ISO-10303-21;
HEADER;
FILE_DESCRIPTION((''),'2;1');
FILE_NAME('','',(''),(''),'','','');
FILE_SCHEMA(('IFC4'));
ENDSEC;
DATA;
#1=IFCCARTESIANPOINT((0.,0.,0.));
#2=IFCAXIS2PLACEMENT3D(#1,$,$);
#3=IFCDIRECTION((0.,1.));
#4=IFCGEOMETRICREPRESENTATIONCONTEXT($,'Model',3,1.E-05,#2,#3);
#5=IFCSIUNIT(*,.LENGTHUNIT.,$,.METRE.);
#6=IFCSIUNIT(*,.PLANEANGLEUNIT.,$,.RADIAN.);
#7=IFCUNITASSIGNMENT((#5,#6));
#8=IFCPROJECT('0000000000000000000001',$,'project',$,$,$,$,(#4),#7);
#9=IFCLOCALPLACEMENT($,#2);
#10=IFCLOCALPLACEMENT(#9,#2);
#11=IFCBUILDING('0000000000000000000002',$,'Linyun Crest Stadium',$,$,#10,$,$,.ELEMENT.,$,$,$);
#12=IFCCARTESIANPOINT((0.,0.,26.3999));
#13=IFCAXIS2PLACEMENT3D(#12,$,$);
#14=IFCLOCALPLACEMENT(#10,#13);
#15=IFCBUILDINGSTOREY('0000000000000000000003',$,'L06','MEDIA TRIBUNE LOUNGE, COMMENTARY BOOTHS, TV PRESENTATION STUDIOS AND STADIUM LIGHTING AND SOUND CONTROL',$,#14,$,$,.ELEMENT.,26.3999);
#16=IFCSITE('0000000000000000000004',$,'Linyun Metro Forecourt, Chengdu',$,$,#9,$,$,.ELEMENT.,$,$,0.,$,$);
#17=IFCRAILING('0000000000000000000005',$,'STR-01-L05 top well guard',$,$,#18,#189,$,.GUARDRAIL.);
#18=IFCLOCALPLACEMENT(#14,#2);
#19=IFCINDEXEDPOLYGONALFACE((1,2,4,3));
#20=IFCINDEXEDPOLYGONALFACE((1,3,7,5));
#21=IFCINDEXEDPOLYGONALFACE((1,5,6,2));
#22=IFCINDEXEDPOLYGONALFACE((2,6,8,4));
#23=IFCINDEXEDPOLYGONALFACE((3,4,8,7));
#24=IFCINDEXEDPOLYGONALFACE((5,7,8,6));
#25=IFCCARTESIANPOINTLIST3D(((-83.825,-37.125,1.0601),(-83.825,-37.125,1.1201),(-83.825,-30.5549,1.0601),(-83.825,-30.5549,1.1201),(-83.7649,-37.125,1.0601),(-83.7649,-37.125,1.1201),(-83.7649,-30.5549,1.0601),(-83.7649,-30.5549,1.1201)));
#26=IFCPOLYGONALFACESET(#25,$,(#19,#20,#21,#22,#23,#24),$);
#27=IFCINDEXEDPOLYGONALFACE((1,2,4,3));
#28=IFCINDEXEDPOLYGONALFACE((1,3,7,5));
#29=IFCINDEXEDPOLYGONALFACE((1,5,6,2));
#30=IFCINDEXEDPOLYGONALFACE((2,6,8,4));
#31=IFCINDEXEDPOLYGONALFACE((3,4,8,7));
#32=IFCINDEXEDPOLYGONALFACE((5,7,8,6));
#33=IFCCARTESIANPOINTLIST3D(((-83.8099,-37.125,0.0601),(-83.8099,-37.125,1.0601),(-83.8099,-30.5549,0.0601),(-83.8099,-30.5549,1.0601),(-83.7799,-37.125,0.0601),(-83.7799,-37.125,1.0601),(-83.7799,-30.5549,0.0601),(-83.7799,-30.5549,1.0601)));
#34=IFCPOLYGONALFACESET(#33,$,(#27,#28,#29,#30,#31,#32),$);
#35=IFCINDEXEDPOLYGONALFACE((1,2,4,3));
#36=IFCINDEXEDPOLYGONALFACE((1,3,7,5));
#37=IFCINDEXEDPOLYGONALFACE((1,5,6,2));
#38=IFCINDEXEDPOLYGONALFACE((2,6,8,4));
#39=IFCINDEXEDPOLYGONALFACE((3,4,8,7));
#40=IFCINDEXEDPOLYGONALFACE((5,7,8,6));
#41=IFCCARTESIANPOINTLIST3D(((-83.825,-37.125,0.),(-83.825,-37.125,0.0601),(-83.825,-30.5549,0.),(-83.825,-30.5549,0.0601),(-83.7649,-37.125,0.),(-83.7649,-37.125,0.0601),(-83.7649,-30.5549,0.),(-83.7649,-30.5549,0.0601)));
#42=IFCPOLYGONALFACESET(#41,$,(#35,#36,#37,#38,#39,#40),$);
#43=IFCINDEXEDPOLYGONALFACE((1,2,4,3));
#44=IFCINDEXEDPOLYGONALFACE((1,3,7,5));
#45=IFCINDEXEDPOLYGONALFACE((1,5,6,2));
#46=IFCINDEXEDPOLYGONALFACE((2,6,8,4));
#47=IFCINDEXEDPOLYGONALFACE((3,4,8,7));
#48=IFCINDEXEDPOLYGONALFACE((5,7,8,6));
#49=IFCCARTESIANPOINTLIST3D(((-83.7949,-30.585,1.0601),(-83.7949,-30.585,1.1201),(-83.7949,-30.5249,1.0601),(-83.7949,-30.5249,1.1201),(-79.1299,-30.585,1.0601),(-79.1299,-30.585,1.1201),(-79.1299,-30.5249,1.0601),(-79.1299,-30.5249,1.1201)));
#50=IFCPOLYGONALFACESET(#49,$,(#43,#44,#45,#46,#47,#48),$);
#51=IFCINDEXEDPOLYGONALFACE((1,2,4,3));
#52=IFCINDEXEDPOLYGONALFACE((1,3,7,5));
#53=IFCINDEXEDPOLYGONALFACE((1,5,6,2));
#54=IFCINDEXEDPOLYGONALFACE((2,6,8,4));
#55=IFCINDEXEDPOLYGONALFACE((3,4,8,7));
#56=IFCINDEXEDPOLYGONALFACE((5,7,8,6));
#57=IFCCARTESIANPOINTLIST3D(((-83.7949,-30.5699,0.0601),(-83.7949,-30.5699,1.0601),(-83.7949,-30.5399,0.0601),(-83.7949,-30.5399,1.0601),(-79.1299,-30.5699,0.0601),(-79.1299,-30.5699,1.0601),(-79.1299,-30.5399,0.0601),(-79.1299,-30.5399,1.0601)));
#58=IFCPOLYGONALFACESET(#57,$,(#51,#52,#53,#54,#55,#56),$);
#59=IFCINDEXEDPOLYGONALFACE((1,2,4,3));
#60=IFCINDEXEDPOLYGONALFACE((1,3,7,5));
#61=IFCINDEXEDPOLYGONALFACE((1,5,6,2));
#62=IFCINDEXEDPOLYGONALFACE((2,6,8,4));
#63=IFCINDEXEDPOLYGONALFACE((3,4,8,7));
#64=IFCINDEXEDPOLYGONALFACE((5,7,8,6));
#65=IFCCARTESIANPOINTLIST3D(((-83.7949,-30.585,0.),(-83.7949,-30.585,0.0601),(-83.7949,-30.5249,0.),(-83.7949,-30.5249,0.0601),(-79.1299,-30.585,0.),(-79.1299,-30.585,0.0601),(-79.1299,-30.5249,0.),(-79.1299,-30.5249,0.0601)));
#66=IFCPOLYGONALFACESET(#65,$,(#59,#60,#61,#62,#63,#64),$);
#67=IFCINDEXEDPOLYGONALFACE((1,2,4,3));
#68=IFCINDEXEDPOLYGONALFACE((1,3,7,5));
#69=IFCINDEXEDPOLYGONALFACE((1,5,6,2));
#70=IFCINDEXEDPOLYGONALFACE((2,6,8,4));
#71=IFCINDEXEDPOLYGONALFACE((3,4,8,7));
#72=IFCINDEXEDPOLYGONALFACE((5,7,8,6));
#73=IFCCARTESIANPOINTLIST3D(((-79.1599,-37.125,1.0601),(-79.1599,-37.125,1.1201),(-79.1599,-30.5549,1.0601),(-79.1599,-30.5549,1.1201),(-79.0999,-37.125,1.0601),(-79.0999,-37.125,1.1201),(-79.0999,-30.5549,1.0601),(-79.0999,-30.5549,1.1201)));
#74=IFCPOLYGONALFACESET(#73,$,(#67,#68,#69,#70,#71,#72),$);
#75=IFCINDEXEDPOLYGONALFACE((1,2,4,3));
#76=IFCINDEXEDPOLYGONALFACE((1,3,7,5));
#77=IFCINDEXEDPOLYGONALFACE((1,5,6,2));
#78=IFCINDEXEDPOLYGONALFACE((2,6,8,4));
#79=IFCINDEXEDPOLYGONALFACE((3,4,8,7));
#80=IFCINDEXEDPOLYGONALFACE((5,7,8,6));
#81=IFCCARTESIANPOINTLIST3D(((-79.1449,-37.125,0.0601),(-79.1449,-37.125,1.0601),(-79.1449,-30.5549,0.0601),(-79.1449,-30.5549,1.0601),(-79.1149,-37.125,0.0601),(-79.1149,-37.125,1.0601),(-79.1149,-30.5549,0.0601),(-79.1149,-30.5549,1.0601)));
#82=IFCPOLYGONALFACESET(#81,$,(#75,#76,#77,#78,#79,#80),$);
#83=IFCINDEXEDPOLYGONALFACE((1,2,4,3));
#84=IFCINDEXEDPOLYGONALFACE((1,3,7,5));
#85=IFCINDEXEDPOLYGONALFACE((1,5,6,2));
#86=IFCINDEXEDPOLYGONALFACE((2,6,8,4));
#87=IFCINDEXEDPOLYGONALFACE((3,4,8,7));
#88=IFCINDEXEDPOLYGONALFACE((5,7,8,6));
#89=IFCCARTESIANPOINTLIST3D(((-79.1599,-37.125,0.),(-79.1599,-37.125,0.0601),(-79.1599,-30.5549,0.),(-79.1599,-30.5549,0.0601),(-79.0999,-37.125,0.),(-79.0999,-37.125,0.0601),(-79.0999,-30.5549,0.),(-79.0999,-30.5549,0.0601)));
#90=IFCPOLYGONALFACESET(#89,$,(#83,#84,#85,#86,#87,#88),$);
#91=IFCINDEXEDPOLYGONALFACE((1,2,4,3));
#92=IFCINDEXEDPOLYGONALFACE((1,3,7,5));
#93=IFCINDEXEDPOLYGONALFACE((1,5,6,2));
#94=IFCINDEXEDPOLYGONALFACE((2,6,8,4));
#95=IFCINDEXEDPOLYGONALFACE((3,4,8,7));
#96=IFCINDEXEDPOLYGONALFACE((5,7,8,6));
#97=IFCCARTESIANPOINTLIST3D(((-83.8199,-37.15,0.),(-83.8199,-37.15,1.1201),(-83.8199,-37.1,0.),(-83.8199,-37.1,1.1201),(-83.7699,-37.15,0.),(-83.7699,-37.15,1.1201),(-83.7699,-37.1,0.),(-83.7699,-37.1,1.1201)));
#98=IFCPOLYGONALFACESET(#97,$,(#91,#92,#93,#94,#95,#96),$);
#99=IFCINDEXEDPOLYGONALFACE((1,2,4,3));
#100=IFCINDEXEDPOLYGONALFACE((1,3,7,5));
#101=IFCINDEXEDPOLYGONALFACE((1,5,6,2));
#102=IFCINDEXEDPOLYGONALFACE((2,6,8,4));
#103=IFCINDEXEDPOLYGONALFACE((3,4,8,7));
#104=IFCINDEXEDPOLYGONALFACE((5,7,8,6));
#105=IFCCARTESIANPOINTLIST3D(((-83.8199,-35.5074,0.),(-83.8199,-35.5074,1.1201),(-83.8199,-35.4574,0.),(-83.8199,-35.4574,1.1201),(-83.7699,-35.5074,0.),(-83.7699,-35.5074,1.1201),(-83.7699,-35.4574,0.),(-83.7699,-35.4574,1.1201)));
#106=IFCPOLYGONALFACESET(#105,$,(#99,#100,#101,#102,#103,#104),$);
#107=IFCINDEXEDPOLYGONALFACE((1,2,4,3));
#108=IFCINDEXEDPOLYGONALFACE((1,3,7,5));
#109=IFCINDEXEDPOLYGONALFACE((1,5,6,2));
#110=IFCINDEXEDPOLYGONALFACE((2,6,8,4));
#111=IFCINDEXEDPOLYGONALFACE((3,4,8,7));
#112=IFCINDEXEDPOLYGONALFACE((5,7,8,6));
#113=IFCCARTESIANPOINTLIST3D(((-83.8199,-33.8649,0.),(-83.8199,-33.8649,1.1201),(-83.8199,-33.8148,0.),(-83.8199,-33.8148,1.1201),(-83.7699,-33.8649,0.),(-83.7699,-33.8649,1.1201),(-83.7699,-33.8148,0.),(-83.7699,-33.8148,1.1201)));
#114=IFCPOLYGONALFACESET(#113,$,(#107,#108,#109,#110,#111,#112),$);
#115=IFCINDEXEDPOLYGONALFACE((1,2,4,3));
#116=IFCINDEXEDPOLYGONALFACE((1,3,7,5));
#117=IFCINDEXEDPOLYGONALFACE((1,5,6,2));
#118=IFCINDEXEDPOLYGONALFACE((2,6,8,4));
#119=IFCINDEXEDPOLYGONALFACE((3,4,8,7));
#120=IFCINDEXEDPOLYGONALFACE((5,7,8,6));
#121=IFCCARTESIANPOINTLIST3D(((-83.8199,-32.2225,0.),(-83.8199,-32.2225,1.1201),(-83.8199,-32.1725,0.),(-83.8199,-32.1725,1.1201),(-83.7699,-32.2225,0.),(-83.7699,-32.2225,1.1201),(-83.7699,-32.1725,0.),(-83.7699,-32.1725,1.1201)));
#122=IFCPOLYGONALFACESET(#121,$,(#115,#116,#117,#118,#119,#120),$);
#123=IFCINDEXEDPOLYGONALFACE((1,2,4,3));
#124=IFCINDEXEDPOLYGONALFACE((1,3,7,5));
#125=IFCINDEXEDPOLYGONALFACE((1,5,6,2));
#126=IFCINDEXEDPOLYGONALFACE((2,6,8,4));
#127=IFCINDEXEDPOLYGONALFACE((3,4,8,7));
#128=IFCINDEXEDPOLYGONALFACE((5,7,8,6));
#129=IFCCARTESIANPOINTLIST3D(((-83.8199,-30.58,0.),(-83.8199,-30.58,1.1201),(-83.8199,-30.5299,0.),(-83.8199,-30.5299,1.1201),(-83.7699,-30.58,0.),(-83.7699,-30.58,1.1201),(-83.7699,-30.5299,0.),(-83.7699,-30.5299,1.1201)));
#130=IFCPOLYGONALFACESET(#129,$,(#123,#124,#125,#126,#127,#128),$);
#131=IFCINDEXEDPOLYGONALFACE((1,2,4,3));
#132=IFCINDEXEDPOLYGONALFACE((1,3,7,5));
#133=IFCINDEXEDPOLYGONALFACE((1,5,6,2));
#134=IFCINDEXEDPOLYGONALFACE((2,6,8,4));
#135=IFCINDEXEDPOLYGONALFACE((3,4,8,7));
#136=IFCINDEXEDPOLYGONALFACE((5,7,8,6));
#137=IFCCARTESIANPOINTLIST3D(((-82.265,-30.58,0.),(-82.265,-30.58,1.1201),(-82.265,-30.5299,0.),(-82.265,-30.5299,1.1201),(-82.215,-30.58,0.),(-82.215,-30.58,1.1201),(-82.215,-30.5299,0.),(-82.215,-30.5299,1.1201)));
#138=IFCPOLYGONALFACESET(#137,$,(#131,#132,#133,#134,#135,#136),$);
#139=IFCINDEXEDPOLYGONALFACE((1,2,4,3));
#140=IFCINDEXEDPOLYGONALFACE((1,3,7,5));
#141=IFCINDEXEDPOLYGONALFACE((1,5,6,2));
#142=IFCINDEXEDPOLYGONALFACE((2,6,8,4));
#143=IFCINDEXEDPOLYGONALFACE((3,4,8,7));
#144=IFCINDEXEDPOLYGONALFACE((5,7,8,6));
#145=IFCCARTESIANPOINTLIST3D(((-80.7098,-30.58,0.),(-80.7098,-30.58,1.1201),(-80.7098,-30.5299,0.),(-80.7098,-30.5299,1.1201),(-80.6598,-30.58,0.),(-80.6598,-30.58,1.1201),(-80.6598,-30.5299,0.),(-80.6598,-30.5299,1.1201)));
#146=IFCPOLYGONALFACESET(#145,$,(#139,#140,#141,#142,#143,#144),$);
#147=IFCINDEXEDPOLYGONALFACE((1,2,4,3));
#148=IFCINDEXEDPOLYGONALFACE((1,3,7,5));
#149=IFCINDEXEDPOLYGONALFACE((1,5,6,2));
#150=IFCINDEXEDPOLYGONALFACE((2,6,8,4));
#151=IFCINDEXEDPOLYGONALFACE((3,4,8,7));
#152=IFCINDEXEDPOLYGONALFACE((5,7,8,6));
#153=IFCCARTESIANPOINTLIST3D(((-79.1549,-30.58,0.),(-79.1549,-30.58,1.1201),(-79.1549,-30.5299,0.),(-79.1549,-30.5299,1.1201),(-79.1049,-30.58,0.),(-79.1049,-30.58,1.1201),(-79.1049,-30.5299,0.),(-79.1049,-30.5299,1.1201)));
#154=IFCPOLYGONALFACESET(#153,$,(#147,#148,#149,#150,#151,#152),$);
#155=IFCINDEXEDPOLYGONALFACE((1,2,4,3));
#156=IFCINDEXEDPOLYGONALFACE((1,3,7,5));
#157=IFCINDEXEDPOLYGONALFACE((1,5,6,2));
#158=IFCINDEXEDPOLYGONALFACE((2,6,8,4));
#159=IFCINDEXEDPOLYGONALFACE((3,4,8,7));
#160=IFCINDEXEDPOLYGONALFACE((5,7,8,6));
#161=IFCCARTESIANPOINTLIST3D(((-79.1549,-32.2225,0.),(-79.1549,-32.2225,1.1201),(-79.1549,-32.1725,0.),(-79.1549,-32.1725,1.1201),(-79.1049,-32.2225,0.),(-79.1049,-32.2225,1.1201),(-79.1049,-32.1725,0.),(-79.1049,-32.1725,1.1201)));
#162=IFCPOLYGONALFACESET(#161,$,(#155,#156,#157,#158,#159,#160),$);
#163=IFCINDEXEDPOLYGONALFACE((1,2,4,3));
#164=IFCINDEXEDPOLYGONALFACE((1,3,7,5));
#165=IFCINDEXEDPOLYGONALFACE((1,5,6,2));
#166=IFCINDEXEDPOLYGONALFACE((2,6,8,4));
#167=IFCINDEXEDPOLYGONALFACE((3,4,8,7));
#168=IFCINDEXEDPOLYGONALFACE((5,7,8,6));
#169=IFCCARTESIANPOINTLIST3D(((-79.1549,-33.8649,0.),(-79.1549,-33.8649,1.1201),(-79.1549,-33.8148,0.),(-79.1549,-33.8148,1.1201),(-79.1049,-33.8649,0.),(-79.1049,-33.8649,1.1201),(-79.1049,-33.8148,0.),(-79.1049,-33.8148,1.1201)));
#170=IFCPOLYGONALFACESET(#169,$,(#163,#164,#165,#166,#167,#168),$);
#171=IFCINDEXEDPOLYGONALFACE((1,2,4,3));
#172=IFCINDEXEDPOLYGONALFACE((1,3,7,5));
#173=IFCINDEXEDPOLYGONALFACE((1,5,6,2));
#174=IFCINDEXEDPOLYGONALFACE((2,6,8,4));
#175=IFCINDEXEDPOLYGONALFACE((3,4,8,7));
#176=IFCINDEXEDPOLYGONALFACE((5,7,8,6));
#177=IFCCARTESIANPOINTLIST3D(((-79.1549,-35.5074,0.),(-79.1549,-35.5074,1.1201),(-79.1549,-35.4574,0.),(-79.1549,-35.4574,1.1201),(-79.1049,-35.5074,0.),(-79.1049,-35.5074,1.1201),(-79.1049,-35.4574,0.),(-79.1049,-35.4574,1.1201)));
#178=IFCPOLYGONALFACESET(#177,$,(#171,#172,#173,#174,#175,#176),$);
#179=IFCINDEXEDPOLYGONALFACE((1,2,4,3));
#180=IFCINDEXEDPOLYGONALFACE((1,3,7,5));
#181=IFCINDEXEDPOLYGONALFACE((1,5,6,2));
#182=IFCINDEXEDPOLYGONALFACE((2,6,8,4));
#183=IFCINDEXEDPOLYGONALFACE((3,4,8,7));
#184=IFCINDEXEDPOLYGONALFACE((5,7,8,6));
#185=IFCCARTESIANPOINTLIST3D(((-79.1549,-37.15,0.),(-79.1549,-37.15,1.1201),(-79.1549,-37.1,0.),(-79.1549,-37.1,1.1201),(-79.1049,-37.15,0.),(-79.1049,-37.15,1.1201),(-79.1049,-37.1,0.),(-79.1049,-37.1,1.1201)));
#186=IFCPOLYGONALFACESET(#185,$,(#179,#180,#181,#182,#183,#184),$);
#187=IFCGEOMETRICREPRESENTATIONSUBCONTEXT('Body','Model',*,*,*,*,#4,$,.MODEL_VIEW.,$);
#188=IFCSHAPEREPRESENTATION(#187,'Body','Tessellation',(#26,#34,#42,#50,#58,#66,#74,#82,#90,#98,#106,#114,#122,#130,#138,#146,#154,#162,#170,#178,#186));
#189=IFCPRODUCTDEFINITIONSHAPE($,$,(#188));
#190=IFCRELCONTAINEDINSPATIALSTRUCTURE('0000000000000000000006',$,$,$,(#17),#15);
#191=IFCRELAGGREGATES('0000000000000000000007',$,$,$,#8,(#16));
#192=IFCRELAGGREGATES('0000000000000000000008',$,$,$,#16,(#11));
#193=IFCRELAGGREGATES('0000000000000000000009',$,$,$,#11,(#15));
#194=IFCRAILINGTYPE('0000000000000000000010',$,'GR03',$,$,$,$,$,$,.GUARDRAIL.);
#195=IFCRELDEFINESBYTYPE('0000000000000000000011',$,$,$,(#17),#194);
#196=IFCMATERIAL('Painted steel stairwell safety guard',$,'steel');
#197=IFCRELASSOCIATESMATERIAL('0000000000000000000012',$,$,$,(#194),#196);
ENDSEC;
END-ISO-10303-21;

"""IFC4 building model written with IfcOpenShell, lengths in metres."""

from ifc_helpers import new_model, si_unit, direction, frame, origin, origin_2d, place, context, subcontext, project, spatial, rectangle, extrude, material, type_object, element, save


model = new_model("IFC4")

# Units and contexts
model_context = context("Model", 3, precision=1e-05, world=origin(), true_north=direction((0.0, 1.0)))
body_context = subcontext(model_context, "Body", "Model", "MODEL_VIEW")
ifc_project = project(units=[si_unit("LENGTHUNIT", "METRE"), si_unit("PLANEANGLEUNIT", "RADIAN")], contexts=[model_context])

# Site, building, storey
site_placement = place(None, origin())
site = spatial("IfcSite", under=ifc_project, at=site_placement, Name="Linyun Metro Forecourt, Chengdu", CompositionType="ELEMENT", RefElevation=0.0)
building_placement = place(site_placement, origin())
building = spatial("IfcBuilding", under=site, at=building_placement, Name="Linyun Crest Stadium", CompositionType="ELEMENT")
storey_placement = place(building_placement, frame((0.0, 0.0, 26.3999)))
storey = spatial("IfcBuildingStorey", under=building, at=storey_placement, Name="L06", Description="MEDIA TRIBUNE LOUNGE, COMMENTARY BOOTHS, TV PRESENTATION STUDIOS AND STADIUM LIGHTING AND SOUND CONTROL", CompositionType="ELEMENT", Elevation=26.3999)

# Railing
ifc_material_1 = material(Name="Painted steel stairwell safety guard", Category="steel")
railing_type_1 = type_object("IfcRailingType", Name="GR03", PredefinedType="GUARDRAIL", material=ifc_material_1)
railing_1_placement = place(storey_placement, frame((-83.7949, -37.125, 0.0)))
element("IfcRailing", 1, at=railing_1_placement, inside=storey, type_object=railing_type_1, Name="STR-01-L05 top well guard", PredefinedType="GUARDRAIL", context=body_context, shape_type="SweptSolid", body=[
    extrude(rectangle(XDim=0.0601, YDim=0.0601, at=origin_2d()), frame((0.0, 0.0, 1.0901), z_axis=(0.0, 1.0, 0.0), x_axis=(-1.0, 0.0, 0.0)), (0.0, 0.0, 1.0), 6.5701),
    extrude(rectangle(XDim=0.03, YDim=1.0, at=origin_2d()), frame((0.0, 0.0, 0.5601), z_axis=(0.0, 1.0, 0.0), x_axis=(-1.0, 0.0, 0.0)), (0.0, 0.0, 1.0), 6.5701),
    extrude(rectangle(XDim=0.0601, YDim=0.0601, at=origin_2d()), frame((0.0, 0.0, 0.03), z_axis=(0.0, 1.0, 0.0), x_axis=(-1.0, 0.0, 0.0)), (0.0, 0.0, 1.0), 6.5701),
    extrude(rectangle(XDim=0.0601, YDim=0.0601, at=origin_2d()), frame((0.0, 6.5701, 1.0901), z_axis=(1.0, 0.0, 0.0), x_axis=(0.0, 1.0, 0.0)), (0.0, 0.0, 1.0), 4.665),
    extrude(rectangle(XDim=0.03, YDim=1.0, at=origin_2d()), frame((0.0, 6.5701, 0.5601), z_axis=(1.0, 0.0, 0.0), x_axis=(0.0, 1.0, 0.0)), (0.0, 0.0, 1.0), 4.665),
    extrude(rectangle(XDim=0.0601, YDim=0.0601, at=origin_2d()), frame((0.0, 6.5701, 0.03), z_axis=(1.0, 0.0, 0.0), x_axis=(0.0, 1.0, 0.0)), (0.0, 0.0, 1.0), 4.665),
    extrude(rectangle(XDim=0.0601, YDim=0.0601, at=origin_2d()), frame((4.665, 6.5701, 1.0901), z_axis=(0.0, -1.0, 0.0), x_axis=(1.0, 0.0, 0.0)), (0.0, 0.0, 1.0), 6.5701),
    extrude(rectangle(XDim=0.03, YDim=1.0, at=origin_2d()), frame((4.665, 6.5701, 0.5601), z_axis=(0.0, -1.0, 0.0), x_axis=(1.0, 0.0, 0.0)), (0.0, 0.0, 1.0), 6.5701),
    extrude(rectangle(XDim=0.0601, YDim=0.0601, at=origin_2d()), frame((4.665, 6.5701, 0.03), z_axis=(0.0, -1.0, 0.0), x_axis=(1.0, 0.0, 0.0)), (0.0, 0.0, 1.0), 6.5701),
    extrude(rectangle(XDim=0.05, YDim=0.05, at=origin_2d()), origin(), (0.0, 0.0, 1.0), 1.1201),
    extrude(rectangle(XDim=0.05, YDim=0.05, at=origin_2d()), frame((0.0, 1.6426, 0.0)), (0.0, 0.0, 1.0), 1.1201),
    extrude(rectangle(XDim=0.05, YDim=0.05, at=origin_2d()), frame((0.0, 3.2852, 0.0)), (0.0, 0.0, 1.0), 1.1201),
    extrude(rectangle(XDim=0.05, YDim=0.05, at=origin_2d()), frame((0.0, 4.9275, 0.0)), (0.0, 0.0, 1.0), 1.1201),
    extrude(rectangle(XDim=0.05, YDim=0.05, at=origin_2d()), frame((0.0, 6.5701, 0.0)), (0.0, 0.0, 1.0), 1.1201),
    extrude(rectangle(XDim=0.05, YDim=0.05, at=origin_2d()), frame((1.5549, 6.5701, 0.0)), (0.0, 0.0, 1.0), 1.1201),
    extrude(rectangle(XDim=0.05, YDim=0.05, at=origin_2d()), frame((3.1101, 6.5701, 0.0)), (0.0, 0.0, 1.0), 1.1201),
    extrude(rectangle(XDim=0.05, YDim=0.05, at=origin_2d()), frame((4.665, 6.5701, 0.0)), (0.0, 0.0, 1.0), 1.1201),
    extrude(rectangle(XDim=0.05, YDim=0.05, at=origin_2d()), frame((4.665, 4.9275, 0.0)), (0.0, 0.0, 1.0), 1.1201),
    extrude(rectangle(XDim=0.05, YDim=0.05, at=origin_2d()), frame((4.665, 3.2852, 0.0)), (0.0, 0.0, 1.0), 1.1201),
    extrude(rectangle(XDim=0.05, YDim=0.05, at=origin_2d()), frame((4.665, 1.6426, 0.0)), (0.0, 0.0, 1.0), 1.1201),
    extrude(rectangle(XDim=0.05, YDim=0.05, at=origin_2d()), frame((4.665, 0.0, 0.0)), (0.0, 0.0, 1.0), 1.1201),
])

save(model, "model.ifc")
